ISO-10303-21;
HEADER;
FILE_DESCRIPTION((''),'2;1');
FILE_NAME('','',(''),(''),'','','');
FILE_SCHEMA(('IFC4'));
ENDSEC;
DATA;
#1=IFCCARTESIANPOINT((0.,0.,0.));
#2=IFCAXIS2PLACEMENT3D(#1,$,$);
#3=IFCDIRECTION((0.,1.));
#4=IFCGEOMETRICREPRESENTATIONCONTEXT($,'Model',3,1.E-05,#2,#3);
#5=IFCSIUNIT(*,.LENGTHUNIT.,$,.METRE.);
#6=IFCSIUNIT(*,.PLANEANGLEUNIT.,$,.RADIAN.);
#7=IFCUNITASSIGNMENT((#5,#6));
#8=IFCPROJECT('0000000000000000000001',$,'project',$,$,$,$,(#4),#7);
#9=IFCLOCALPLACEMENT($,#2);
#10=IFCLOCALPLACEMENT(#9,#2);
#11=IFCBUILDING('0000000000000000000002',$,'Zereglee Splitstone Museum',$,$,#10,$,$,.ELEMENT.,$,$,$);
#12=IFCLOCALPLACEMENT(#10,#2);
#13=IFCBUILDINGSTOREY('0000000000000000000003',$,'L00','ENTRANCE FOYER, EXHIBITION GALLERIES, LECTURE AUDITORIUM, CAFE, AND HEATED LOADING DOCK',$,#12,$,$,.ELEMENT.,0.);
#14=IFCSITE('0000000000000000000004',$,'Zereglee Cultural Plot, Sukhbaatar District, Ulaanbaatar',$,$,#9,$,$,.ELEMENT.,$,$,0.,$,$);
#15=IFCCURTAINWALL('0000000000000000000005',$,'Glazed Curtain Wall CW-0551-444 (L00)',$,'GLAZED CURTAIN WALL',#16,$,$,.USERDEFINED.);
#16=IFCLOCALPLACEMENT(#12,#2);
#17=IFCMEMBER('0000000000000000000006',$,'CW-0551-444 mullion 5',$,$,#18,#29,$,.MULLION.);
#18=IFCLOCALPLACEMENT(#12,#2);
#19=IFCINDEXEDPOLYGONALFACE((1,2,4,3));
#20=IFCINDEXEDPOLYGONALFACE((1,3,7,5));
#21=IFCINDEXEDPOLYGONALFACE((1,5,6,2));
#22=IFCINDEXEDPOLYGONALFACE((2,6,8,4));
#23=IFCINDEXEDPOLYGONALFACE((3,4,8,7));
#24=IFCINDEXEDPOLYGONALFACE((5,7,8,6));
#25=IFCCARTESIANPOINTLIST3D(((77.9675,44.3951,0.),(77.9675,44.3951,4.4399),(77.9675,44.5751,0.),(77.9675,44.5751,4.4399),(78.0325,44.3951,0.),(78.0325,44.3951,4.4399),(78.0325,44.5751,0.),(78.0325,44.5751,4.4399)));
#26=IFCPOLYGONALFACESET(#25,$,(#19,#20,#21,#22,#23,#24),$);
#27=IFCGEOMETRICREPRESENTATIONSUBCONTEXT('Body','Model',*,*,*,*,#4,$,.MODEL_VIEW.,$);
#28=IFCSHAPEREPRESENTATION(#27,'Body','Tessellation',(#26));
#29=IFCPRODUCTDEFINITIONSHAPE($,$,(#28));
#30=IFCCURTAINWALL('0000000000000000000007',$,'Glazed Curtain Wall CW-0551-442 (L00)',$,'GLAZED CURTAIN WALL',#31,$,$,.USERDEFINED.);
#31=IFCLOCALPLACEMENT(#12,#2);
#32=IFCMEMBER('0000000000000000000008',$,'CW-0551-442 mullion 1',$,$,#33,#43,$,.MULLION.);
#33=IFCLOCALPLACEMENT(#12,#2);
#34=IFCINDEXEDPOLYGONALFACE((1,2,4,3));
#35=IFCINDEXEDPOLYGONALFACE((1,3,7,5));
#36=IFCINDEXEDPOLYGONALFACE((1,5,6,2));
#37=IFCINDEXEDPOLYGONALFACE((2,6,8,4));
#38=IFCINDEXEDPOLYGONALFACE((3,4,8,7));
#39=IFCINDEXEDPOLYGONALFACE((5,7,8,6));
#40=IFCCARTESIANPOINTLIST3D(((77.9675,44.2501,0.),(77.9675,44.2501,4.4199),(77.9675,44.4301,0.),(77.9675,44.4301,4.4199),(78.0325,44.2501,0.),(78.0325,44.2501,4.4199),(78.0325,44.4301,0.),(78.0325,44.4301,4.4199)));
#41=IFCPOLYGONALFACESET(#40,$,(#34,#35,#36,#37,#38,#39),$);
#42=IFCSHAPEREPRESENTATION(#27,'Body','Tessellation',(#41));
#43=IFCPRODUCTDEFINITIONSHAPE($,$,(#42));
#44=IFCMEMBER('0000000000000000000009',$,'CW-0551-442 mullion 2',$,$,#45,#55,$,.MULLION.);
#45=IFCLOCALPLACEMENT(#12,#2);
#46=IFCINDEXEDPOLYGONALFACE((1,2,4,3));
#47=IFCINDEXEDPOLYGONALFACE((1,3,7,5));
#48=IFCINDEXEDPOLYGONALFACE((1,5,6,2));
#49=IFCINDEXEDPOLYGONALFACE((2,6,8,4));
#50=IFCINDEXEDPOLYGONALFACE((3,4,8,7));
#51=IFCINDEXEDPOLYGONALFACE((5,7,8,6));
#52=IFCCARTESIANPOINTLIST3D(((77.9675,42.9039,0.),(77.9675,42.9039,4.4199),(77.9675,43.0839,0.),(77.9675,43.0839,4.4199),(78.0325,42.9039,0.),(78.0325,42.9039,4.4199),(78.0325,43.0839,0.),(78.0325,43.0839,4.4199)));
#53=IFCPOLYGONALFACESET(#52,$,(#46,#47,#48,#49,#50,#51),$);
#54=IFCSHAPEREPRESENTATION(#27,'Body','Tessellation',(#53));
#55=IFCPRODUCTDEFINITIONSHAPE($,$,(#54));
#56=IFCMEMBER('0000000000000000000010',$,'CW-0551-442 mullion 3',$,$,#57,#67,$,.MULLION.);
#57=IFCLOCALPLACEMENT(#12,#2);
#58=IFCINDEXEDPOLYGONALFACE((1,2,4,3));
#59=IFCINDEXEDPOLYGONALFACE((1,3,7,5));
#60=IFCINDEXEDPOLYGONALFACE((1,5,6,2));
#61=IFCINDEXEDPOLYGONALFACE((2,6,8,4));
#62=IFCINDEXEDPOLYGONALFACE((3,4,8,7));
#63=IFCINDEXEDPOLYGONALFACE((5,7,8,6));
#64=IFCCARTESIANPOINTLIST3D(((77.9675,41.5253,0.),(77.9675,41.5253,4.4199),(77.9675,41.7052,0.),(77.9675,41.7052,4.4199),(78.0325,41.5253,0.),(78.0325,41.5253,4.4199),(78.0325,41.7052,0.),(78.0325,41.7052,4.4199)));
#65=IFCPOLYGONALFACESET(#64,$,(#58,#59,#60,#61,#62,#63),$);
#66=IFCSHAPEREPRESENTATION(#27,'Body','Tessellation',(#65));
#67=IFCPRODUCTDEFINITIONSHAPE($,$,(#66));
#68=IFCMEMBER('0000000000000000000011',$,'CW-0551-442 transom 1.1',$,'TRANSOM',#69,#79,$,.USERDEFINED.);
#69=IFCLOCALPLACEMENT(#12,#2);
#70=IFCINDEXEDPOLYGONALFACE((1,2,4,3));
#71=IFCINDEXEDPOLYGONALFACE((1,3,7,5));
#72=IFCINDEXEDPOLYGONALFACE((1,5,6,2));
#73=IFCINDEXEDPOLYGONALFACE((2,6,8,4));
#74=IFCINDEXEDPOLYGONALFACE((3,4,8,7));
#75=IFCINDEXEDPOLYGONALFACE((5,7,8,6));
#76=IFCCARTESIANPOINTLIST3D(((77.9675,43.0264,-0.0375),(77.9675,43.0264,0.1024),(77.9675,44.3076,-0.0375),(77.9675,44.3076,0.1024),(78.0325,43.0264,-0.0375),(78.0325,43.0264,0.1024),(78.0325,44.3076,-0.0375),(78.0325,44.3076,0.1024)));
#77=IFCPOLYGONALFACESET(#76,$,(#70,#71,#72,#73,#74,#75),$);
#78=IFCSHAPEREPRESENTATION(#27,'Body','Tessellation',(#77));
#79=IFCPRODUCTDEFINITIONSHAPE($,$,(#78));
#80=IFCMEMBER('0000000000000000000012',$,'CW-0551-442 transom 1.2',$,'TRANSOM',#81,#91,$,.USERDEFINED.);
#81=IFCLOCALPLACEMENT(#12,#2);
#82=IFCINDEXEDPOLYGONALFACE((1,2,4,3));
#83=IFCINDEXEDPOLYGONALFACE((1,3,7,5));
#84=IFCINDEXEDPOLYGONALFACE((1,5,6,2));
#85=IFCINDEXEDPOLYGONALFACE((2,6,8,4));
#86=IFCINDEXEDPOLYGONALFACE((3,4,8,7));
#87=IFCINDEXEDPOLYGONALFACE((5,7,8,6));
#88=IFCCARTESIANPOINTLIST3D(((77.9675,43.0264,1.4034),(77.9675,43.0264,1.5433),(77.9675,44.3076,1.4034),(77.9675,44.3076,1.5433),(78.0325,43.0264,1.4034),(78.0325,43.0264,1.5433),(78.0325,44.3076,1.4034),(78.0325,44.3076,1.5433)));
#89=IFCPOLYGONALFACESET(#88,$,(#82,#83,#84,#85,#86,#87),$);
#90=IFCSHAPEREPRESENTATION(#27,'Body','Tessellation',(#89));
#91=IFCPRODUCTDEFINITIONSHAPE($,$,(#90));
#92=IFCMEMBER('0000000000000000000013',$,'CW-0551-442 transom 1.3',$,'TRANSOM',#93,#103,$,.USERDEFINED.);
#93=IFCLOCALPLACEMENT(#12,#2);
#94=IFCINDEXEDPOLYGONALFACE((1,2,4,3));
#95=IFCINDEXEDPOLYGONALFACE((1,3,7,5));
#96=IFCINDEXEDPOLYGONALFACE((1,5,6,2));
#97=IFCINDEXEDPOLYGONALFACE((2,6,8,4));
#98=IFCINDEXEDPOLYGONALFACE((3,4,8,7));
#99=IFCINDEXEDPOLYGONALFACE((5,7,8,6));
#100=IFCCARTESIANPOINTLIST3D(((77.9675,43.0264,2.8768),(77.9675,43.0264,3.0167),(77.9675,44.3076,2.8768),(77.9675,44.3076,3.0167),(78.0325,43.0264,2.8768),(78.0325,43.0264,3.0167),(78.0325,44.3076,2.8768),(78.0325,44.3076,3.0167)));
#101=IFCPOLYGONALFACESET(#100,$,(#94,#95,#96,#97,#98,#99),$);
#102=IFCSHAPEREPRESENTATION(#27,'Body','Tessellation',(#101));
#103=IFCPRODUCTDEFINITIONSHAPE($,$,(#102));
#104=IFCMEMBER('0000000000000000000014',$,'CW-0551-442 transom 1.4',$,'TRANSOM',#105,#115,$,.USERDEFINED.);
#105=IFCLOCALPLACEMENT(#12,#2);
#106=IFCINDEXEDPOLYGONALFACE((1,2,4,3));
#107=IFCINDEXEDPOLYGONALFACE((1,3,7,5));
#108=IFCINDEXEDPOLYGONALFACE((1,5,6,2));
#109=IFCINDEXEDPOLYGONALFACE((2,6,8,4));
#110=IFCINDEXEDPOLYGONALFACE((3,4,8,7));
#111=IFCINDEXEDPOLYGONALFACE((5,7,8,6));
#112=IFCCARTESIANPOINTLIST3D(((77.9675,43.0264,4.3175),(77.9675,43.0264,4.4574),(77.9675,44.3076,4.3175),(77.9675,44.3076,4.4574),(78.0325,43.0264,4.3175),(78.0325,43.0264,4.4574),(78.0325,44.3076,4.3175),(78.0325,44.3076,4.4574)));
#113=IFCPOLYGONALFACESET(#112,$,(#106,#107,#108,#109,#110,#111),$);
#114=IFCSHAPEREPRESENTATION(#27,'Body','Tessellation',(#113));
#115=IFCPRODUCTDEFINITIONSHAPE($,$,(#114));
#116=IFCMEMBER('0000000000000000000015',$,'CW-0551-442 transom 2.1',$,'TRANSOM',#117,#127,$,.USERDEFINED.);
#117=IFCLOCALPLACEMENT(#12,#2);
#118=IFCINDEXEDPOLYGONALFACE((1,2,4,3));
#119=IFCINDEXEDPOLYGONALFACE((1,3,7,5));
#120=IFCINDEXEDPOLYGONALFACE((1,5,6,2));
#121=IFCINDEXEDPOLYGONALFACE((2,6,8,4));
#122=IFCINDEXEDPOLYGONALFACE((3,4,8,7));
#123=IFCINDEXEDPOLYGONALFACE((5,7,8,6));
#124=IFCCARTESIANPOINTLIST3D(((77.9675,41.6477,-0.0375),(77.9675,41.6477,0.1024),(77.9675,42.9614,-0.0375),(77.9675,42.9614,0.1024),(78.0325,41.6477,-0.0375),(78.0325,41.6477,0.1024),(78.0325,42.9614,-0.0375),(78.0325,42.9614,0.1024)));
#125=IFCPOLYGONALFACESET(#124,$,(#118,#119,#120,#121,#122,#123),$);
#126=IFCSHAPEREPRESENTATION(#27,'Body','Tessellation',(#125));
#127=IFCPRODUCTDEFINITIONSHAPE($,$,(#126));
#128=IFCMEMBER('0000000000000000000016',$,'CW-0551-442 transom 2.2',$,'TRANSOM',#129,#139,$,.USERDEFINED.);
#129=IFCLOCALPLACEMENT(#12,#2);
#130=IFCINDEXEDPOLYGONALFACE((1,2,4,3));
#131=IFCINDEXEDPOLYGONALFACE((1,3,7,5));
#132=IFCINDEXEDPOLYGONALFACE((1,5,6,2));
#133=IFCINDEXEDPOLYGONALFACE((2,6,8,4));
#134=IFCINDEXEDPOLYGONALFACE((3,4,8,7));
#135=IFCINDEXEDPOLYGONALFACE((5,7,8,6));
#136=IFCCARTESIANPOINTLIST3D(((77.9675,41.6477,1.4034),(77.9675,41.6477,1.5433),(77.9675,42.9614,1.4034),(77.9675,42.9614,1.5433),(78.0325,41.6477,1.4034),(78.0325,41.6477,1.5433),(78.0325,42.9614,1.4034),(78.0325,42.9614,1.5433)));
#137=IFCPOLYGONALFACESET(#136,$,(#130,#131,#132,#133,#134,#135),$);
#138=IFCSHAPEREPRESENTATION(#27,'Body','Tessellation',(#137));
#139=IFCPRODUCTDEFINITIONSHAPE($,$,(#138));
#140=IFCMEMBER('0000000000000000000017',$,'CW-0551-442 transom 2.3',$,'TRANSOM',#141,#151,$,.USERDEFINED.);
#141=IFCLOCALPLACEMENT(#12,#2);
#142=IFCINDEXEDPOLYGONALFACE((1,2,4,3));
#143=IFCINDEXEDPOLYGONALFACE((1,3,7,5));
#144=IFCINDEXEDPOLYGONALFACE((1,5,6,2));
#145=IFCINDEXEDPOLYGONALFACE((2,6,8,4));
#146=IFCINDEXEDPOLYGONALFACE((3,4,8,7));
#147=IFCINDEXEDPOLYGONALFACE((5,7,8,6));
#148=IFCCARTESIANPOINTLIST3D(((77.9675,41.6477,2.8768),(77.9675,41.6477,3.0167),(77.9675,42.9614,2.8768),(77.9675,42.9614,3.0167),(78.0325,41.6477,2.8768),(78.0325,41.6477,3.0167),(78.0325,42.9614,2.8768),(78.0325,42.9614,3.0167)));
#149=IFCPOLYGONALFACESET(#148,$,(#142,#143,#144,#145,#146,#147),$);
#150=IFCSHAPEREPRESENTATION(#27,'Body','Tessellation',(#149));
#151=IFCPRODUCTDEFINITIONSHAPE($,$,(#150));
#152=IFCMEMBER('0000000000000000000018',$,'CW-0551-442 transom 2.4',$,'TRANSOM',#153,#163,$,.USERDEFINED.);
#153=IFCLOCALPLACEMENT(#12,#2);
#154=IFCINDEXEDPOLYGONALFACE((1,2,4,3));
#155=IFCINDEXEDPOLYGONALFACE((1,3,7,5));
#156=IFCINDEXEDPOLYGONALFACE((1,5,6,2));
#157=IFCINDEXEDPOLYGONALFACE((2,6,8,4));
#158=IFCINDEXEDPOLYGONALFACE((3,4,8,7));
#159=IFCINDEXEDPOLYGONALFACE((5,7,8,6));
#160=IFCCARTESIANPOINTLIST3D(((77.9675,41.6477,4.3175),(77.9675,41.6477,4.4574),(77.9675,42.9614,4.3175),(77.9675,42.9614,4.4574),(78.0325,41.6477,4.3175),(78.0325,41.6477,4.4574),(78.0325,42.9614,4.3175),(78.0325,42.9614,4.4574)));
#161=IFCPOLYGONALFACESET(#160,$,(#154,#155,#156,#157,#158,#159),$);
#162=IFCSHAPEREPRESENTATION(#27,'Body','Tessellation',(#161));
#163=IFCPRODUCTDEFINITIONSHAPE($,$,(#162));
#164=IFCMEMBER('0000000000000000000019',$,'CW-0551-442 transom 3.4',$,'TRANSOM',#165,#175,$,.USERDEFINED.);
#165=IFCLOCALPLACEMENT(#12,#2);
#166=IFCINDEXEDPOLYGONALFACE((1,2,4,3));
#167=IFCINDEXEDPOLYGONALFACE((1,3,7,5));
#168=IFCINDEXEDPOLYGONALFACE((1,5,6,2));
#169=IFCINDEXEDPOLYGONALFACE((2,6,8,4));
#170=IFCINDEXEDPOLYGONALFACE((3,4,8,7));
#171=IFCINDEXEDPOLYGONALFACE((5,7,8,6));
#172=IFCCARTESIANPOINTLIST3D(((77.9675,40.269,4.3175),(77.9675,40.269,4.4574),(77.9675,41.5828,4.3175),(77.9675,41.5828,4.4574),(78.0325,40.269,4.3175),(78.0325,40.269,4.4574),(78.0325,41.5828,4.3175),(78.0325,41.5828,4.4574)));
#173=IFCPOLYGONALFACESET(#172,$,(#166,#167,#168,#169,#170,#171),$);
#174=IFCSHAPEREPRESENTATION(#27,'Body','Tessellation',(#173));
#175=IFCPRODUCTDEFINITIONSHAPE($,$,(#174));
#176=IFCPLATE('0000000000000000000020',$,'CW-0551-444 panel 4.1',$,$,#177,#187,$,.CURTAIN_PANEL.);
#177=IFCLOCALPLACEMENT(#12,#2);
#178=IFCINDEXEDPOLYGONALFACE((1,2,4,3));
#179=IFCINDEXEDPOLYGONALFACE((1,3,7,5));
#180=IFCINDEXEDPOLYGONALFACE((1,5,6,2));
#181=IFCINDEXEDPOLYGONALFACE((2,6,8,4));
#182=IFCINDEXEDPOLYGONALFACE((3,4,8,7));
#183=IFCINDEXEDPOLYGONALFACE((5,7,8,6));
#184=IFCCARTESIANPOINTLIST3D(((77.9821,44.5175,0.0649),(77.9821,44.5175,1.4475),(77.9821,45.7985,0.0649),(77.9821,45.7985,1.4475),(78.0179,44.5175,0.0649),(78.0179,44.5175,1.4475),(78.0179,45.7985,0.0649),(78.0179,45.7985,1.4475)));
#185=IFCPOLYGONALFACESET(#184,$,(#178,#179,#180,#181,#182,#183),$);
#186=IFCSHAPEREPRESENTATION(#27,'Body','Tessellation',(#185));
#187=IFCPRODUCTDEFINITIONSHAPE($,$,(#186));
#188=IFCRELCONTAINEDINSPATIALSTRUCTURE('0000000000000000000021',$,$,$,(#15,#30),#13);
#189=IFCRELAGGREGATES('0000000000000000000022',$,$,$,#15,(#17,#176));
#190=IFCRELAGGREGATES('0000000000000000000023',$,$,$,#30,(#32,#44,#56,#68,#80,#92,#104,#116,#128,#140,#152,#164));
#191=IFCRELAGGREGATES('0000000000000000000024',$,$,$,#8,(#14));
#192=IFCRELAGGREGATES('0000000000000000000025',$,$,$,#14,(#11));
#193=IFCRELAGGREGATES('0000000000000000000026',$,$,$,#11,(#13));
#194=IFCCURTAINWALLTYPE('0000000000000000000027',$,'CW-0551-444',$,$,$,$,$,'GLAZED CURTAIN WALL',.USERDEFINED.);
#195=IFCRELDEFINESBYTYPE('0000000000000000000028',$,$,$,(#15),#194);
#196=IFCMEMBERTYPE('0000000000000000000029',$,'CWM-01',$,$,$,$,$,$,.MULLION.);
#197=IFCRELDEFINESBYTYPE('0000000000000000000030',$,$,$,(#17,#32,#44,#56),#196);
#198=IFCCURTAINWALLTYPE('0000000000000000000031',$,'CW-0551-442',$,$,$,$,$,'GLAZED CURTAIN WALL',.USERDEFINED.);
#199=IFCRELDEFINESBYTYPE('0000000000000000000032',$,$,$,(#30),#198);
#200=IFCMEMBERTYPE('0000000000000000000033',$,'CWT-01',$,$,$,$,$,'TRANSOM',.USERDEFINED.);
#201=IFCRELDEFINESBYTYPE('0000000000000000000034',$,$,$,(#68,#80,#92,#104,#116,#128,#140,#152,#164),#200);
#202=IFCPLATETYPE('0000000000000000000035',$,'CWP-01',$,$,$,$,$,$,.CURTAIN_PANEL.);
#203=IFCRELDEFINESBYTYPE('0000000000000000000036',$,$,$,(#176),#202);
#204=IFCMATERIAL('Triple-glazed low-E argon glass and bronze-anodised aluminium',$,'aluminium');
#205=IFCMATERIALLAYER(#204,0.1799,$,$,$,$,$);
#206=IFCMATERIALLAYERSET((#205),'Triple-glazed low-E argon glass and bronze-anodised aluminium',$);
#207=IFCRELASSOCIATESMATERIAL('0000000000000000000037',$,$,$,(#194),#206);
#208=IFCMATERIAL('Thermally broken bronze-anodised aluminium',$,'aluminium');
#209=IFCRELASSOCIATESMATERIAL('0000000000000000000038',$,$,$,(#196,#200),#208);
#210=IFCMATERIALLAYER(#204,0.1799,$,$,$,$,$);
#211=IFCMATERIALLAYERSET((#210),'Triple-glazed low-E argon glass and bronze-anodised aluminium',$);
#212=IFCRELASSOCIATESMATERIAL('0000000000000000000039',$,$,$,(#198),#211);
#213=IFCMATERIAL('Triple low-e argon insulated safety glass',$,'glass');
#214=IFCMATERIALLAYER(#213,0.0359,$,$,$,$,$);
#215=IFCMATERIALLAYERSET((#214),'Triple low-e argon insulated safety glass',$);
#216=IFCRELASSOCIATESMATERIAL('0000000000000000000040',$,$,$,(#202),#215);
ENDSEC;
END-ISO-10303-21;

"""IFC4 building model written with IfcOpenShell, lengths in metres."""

from ifc_helpers import new_model, si_unit, direction, frame, origin, origin_2d, place, context, subcontext, project, spatial, rectangle, extrude, material, layer, layer_set, material_profile, profile_set, type_object, element, aggregate, save


model = new_model("IFC4")

# Units and contexts
model_context = context("Model", 3, precision=1e-05, world=origin(), true_north=direction((0.0, 1.0)))
body_context = subcontext(model_context, "Body", "Model", "MODEL_VIEW")
ifc_project = project(units=[si_unit("LENGTHUNIT", "METRE"), si_unit("PLANEANGLEUNIT", "RADIAN")], contexts=[model_context])

# Site, building, storey
site_placement = place(None, origin())
site = spatial("IfcSite", under=ifc_project, at=site_placement, Name="Zereglee Cultural Plot, Sukhbaatar District, Ulaanbaatar", CompositionType="ELEMENT", RefElevation=0.0)
building_placement = place(site_placement, origin())
building = spatial("IfcBuilding", under=site, at=building_placement, Name="Zereglee Splitstone Museum", CompositionType="ELEMENT")
storey_placement = place(building_placement, origin())
storey = spatial("IfcBuildingStorey", under=building, at=storey_placement, Name="L00", Description="ENTRANCE FOYER, EXHIBITION GALLERIES, LECTURE AUDITORIUM, CAFE, AND HEATED LOADING DOCK", CompositionType="ELEMENT", Elevation=0.0)

# Curtain wall, member
ifc_material_1 = material(Name="Triple-glazed low-E argon glass and bronze-anodised aluminium", Category="aluminium")
ifc_layer_1 = layer(ifc_material_1, 0.1799)
ifc_layer_set_1 = layer_set([ifc_layer_1], Name="Triple-glazed low-E argon glass and bronze-anodised aluminium")
curtain_wall_type_1 = type_object("IfcCurtainWallType", Name="CW-0551-444", ElementType="GLAZED CURTAIN WALL", PredefinedType="USERDEFINED", material=ifc_layer_set_1)
curtain_wall_1_placement = place(storey_placement, origin())
curtain_wall_1 = element("IfcCurtainWall", 1, at=curtain_wall_1_placement, inside=storey, type_object=curtain_wall_type_1, Name="Glazed Curtain Wall CW-0551-444 (L00)", ObjectType="GLAZED CURTAIN WALL", PredefinedType="USERDEFINED")
ifc_material_2 = material(Name="Thermally broken bronze-anodised aluminium", Category="aluminium")
ifc_material_profile_1 = material_profile(ifc_material_2, rectangle(XDim=0.0649, YDim=0.1799, at=origin_2d()), Name="CW MULL 65x180")
ifc_profile_set_1 = profile_set([ifc_material_profile_1], Name="Thermally broken bronze-anodised aluminium")
member_type_1 = type_object("IfcMemberType", Name="CWM-01", PredefinedType="MULLION", material=ifc_profile_set_1)
member_1_placement = place(storey_placement, frame((78.0, 44.4851, 0.0), z_axis=(0.0, 0.0, 1.0), x_axis=(1.0, 0.0, 0.0)))
member_1 = element("IfcMember", 2, at=member_1_placement, type_object=member_type_1, Name="CW-0551-444 mullion 5", PredefinedType="MULLION", context=body_context, shape_type="SweptSolid", body=[
    extrude(rectangle(XDim=0.0649, YDim=0.1799, at=origin_2d()), origin(), (0.0, 0.0, 1.0), 4.4399),
])

# Curtain wall, members
ifc_layer_2 = layer(ifc_material_1, 0.1799)
ifc_layer_set_2 = layer_set([ifc_layer_2], Name="Triple-glazed low-E argon glass and bronze-anodised aluminium")
curtain_wall_type_2 = type_object("IfcCurtainWallType", Name="CW-0551-442", ElementType="GLAZED CURTAIN WALL", PredefinedType="USERDEFINED", material=ifc_layer_set_2)
curtain_wall_2_placement = place(storey_placement, origin())
curtain_wall_2 = element("IfcCurtainWall", 3, at=curtain_wall_2_placement, inside=storey, type_object=curtain_wall_type_2, Name="Glazed Curtain Wall CW-0551-442 (L00)", ObjectType="GLAZED CURTAIN WALL", PredefinedType="USERDEFINED")
member_2_placement = place(storey_placement, frame((78.0, 44.3401, 0.0), z_axis=(0.0, 0.0, 1.0), x_axis=(1.0, 0.0, 0.0)))
member_2 = element("IfcMember", 4, at=member_2_placement, type_object=member_type_1, Name="CW-0551-442 mullion 1", PredefinedType="MULLION", context=body_context, shape_type="SweptSolid", body=[
    extrude(rectangle(XDim=0.0649, YDim=0.1799, at=origin_2d()), origin(), (0.0, 0.0, 1.0), 4.4199),
])
member_3_placement = place(storey_placement, frame((78.0, 42.9939, 0.0), z_axis=(0.0, 0.0, 1.0), x_axis=(1.0, 0.0, 0.0)))
member_3 = element("IfcMember", 5, at=member_3_placement, type_object=member_type_1, Name="CW-0551-442 mullion 2", PredefinedType="MULLION", context=body_context, shape_type="SweptSolid", body=[
    extrude(rectangle(XDim=0.0649, YDim=0.1799, at=origin_2d()), origin(), (0.0, 0.0, 1.0), 4.4199),
])
member_4_placement = place(storey_placement, frame((78.0, 41.6152, 0.0), z_axis=(0.0, 0.0, 1.0), x_axis=(1.0, 0.0, 0.0)))
member_4 = element("IfcMember", 6, at=member_4_placement, type_object=member_type_1, Name="CW-0551-442 mullion 3", PredefinedType="MULLION", context=body_context, shape_type="SweptSolid", body=[
    extrude(rectangle(XDim=0.0649, YDim=0.1799, at=origin_2d()), origin(), (0.0, 0.0, 1.0), 4.4199),
])
ifc_material_profile_2 = material_profile(ifc_material_2, rectangle(XDim=0.0649, YDim=0.1399, at=origin_2d()), Name="CW TRAN 65x140")
ifc_profile_set_2 = profile_set([ifc_material_profile_2], Name="Thermally broken bronze-anodised aluminium")
member_type_2 = type_object("IfcMemberType", Name="CWT-01", ElementType="TRANSOM", PredefinedType="USERDEFINED", material=ifc_profile_set_2)
member_5_placement = place(storey_placement, frame((78.0, 44.3076, 0.0325), z_axis=(0.0, -1.0, 0.0), x_axis=(1.0, 0.0, 0.0)))
member_5 = element("IfcMember", 7, at=member_5_placement, type_object=member_type_2, Name="CW-0551-442 transom 1.1", ObjectType="TRANSOM", PredefinedType="USERDEFINED", context=body_context, shape_type="SweptSolid", body=[
    extrude(rectangle(XDim=0.0649, YDim=0.1399, at=origin_2d()), origin(), (0.0, 0.0, 1.0), 1.2812),
])
member_6_placement = place(storey_placement, frame((78.0, 44.3076, 1.4734), z_axis=(0.0, -1.0, 0.0), x_axis=(1.0, 0.0, 0.0)))
member_6 = element("IfcMember", 8, at=member_6_placement, type_object=member_type_2, Name="CW-0551-442 transom 1.2", ObjectType="TRANSOM", PredefinedType="USERDEFINED", context=body_context, shape_type="SweptSolid", body=[
    extrude(rectangle(XDim=0.0649, YDim=0.1399, at=origin_2d()), origin(), (0.0, 0.0, 1.0), 1.2812),
])
member_7_placement = place(storey_placement, frame((78.0, 44.3076, 2.9468), z_axis=(0.0, -1.0, 0.0), x_axis=(1.0, 0.0, 0.0)))
member_7 = element("IfcMember", 9, at=member_7_placement, type_object=member_type_2, Name="CW-0551-442 transom 1.3", ObjectType="TRANSOM", PredefinedType="USERDEFINED", context=body_context, shape_type="SweptSolid", body=[
    extrude(rectangle(XDim=0.0649, YDim=0.1399, at=origin_2d()), origin(), (0.0, 0.0, 1.0), 1.2812),
])
member_8_placement = place(storey_placement, frame((78.0, 44.3076, 4.3875), z_axis=(0.0, -1.0, 0.0), x_axis=(1.0, 0.0, 0.0)))
member_8 = element("IfcMember", 10, at=member_8_placement, type_object=member_type_2, Name="CW-0551-442 transom 1.4", ObjectType="TRANSOM", PredefinedType="USERDEFINED", context=body_context, shape_type="SweptSolid", body=[
    extrude(rectangle(XDim=0.0649, YDim=0.1399, at=origin_2d()), origin(), (0.0, 0.0, 1.0), 1.2812),
])
member_9_placement = place(storey_placement, frame((78.0, 42.9614, 0.0325), z_axis=(0.0, -1.0, 0.0), x_axis=(1.0, 0.0, 0.0)))
member_9 = element("IfcMember", 11, at=member_9_placement, type_object=member_type_2, Name="CW-0551-442 transom 2.1", ObjectType="TRANSOM", PredefinedType="USERDEFINED", context=body_context, shape_type="SweptSolid", body=[
    extrude(rectangle(XDim=0.0649, YDim=0.1399, at=origin_2d()), origin(), (0.0, 0.0, 1.0), 1.3137),
])
member_10_placement = place(storey_placement, frame((78.0, 42.9614, 1.4734), z_axis=(0.0, -1.0, 0.0), x_axis=(1.0, 0.0, 0.0)))
member_10 = element("IfcMember", 12, at=member_10_placement, type_object=member_type_2, Name="CW-0551-442 transom 2.2", ObjectType="TRANSOM", PredefinedType="USERDEFINED", context=body_context, shape_type="SweptSolid", body=[
    extrude(rectangle(XDim=0.0649, YDim=0.1399, at=origin_2d()), origin(), (0.0, 0.0, 1.0), 1.3137),
])
member_11_placement = place(storey_placement, frame((78.0, 42.9614, 2.9468), z_axis=(0.0, -1.0, 0.0), x_axis=(1.0, 0.0, 0.0)))
member_11 = element("IfcMember", 13, at=member_11_placement, type_object=member_type_2, Name="CW-0551-442 transom 2.3", ObjectType="TRANSOM", PredefinedType="USERDEFINED", context=body_context, shape_type="SweptSolid", body=[
    extrude(rectangle(XDim=0.0649, YDim=0.1399, at=origin_2d()), origin(), (0.0, 0.0, 1.0), 1.3137),
])
member_12_placement = place(storey_placement, frame((78.0, 42.9614, 4.3875), z_axis=(0.0, -1.0, 0.0), x_axis=(1.0, 0.0, 0.0)))
member_12 = element("IfcMember", 14, at=member_12_placement, type_object=member_type_2, Name="CW-0551-442 transom 2.4", ObjectType="TRANSOM", PredefinedType="USERDEFINED", context=body_context, shape_type="SweptSolid", body=[
    extrude(rectangle(XDim=0.0649, YDim=0.1399, at=origin_2d()), origin(), (0.0, 0.0, 1.0), 1.3137),
])
member_13_placement = place(storey_placement, frame((78.0, 41.5828, 4.3875), z_axis=(0.0, -1.0, 0.0), x_axis=(1.0, 0.0, 0.0)))
member_13 = element("IfcMember", 15, at=member_13_placement, type_object=member_type_2, Name="CW-0551-442 transom 3.4", ObjectType="TRANSOM", PredefinedType="USERDEFINED", context=body_context, shape_type="SweptSolid", body=[
    extrude(rectangle(XDim=0.0649, YDim=0.1399, at=origin_2d()), origin(), (0.0, 0.0, 1.0), 1.3137),
])

# Plate
ifc_material_3 = material(Name="Triple low-e argon insulated safety glass", Category="glass")
ifc_layer_3 = layer(ifc_material_3, 0.0359)
ifc_layer_set_3 = layer_set([ifc_layer_3], Name="Triple low-e argon insulated safety glass")
plate_type = type_object("IfcPlateType", Name="CWP-01", PredefinedType="CURTAIN_PANEL", material=ifc_layer_set_3)
plate_1_placement = place(storey_placement, frame((78.0, 45.158, 0.0649), z_axis=(0.0, 0.0, 1.0), x_axis=(0.0, -1.0, 0.0)))
plate_1 = element("IfcPlate", 16, at=plate_1_placement, type_object=plate_type, Name="CW-0551-444 panel 4.1", PredefinedType="CURTAIN_PANEL", context=body_context, shape_type="SweptSolid", body=[
    extrude(rectangle(XDim=1.281, YDim=0.0359, at=origin_2d()), origin(), (0.0, 0.0, 1.0), 1.3826),
])
aggregate(curtain_wall_1, [member_1, plate_1])
aggregate(curtain_wall_2, [member_2, member_3, member_4, member_5, member_6, member_7, member_8, member_9, member_10, member_11, member_12, member_13])

save(model, "model.ifc")
